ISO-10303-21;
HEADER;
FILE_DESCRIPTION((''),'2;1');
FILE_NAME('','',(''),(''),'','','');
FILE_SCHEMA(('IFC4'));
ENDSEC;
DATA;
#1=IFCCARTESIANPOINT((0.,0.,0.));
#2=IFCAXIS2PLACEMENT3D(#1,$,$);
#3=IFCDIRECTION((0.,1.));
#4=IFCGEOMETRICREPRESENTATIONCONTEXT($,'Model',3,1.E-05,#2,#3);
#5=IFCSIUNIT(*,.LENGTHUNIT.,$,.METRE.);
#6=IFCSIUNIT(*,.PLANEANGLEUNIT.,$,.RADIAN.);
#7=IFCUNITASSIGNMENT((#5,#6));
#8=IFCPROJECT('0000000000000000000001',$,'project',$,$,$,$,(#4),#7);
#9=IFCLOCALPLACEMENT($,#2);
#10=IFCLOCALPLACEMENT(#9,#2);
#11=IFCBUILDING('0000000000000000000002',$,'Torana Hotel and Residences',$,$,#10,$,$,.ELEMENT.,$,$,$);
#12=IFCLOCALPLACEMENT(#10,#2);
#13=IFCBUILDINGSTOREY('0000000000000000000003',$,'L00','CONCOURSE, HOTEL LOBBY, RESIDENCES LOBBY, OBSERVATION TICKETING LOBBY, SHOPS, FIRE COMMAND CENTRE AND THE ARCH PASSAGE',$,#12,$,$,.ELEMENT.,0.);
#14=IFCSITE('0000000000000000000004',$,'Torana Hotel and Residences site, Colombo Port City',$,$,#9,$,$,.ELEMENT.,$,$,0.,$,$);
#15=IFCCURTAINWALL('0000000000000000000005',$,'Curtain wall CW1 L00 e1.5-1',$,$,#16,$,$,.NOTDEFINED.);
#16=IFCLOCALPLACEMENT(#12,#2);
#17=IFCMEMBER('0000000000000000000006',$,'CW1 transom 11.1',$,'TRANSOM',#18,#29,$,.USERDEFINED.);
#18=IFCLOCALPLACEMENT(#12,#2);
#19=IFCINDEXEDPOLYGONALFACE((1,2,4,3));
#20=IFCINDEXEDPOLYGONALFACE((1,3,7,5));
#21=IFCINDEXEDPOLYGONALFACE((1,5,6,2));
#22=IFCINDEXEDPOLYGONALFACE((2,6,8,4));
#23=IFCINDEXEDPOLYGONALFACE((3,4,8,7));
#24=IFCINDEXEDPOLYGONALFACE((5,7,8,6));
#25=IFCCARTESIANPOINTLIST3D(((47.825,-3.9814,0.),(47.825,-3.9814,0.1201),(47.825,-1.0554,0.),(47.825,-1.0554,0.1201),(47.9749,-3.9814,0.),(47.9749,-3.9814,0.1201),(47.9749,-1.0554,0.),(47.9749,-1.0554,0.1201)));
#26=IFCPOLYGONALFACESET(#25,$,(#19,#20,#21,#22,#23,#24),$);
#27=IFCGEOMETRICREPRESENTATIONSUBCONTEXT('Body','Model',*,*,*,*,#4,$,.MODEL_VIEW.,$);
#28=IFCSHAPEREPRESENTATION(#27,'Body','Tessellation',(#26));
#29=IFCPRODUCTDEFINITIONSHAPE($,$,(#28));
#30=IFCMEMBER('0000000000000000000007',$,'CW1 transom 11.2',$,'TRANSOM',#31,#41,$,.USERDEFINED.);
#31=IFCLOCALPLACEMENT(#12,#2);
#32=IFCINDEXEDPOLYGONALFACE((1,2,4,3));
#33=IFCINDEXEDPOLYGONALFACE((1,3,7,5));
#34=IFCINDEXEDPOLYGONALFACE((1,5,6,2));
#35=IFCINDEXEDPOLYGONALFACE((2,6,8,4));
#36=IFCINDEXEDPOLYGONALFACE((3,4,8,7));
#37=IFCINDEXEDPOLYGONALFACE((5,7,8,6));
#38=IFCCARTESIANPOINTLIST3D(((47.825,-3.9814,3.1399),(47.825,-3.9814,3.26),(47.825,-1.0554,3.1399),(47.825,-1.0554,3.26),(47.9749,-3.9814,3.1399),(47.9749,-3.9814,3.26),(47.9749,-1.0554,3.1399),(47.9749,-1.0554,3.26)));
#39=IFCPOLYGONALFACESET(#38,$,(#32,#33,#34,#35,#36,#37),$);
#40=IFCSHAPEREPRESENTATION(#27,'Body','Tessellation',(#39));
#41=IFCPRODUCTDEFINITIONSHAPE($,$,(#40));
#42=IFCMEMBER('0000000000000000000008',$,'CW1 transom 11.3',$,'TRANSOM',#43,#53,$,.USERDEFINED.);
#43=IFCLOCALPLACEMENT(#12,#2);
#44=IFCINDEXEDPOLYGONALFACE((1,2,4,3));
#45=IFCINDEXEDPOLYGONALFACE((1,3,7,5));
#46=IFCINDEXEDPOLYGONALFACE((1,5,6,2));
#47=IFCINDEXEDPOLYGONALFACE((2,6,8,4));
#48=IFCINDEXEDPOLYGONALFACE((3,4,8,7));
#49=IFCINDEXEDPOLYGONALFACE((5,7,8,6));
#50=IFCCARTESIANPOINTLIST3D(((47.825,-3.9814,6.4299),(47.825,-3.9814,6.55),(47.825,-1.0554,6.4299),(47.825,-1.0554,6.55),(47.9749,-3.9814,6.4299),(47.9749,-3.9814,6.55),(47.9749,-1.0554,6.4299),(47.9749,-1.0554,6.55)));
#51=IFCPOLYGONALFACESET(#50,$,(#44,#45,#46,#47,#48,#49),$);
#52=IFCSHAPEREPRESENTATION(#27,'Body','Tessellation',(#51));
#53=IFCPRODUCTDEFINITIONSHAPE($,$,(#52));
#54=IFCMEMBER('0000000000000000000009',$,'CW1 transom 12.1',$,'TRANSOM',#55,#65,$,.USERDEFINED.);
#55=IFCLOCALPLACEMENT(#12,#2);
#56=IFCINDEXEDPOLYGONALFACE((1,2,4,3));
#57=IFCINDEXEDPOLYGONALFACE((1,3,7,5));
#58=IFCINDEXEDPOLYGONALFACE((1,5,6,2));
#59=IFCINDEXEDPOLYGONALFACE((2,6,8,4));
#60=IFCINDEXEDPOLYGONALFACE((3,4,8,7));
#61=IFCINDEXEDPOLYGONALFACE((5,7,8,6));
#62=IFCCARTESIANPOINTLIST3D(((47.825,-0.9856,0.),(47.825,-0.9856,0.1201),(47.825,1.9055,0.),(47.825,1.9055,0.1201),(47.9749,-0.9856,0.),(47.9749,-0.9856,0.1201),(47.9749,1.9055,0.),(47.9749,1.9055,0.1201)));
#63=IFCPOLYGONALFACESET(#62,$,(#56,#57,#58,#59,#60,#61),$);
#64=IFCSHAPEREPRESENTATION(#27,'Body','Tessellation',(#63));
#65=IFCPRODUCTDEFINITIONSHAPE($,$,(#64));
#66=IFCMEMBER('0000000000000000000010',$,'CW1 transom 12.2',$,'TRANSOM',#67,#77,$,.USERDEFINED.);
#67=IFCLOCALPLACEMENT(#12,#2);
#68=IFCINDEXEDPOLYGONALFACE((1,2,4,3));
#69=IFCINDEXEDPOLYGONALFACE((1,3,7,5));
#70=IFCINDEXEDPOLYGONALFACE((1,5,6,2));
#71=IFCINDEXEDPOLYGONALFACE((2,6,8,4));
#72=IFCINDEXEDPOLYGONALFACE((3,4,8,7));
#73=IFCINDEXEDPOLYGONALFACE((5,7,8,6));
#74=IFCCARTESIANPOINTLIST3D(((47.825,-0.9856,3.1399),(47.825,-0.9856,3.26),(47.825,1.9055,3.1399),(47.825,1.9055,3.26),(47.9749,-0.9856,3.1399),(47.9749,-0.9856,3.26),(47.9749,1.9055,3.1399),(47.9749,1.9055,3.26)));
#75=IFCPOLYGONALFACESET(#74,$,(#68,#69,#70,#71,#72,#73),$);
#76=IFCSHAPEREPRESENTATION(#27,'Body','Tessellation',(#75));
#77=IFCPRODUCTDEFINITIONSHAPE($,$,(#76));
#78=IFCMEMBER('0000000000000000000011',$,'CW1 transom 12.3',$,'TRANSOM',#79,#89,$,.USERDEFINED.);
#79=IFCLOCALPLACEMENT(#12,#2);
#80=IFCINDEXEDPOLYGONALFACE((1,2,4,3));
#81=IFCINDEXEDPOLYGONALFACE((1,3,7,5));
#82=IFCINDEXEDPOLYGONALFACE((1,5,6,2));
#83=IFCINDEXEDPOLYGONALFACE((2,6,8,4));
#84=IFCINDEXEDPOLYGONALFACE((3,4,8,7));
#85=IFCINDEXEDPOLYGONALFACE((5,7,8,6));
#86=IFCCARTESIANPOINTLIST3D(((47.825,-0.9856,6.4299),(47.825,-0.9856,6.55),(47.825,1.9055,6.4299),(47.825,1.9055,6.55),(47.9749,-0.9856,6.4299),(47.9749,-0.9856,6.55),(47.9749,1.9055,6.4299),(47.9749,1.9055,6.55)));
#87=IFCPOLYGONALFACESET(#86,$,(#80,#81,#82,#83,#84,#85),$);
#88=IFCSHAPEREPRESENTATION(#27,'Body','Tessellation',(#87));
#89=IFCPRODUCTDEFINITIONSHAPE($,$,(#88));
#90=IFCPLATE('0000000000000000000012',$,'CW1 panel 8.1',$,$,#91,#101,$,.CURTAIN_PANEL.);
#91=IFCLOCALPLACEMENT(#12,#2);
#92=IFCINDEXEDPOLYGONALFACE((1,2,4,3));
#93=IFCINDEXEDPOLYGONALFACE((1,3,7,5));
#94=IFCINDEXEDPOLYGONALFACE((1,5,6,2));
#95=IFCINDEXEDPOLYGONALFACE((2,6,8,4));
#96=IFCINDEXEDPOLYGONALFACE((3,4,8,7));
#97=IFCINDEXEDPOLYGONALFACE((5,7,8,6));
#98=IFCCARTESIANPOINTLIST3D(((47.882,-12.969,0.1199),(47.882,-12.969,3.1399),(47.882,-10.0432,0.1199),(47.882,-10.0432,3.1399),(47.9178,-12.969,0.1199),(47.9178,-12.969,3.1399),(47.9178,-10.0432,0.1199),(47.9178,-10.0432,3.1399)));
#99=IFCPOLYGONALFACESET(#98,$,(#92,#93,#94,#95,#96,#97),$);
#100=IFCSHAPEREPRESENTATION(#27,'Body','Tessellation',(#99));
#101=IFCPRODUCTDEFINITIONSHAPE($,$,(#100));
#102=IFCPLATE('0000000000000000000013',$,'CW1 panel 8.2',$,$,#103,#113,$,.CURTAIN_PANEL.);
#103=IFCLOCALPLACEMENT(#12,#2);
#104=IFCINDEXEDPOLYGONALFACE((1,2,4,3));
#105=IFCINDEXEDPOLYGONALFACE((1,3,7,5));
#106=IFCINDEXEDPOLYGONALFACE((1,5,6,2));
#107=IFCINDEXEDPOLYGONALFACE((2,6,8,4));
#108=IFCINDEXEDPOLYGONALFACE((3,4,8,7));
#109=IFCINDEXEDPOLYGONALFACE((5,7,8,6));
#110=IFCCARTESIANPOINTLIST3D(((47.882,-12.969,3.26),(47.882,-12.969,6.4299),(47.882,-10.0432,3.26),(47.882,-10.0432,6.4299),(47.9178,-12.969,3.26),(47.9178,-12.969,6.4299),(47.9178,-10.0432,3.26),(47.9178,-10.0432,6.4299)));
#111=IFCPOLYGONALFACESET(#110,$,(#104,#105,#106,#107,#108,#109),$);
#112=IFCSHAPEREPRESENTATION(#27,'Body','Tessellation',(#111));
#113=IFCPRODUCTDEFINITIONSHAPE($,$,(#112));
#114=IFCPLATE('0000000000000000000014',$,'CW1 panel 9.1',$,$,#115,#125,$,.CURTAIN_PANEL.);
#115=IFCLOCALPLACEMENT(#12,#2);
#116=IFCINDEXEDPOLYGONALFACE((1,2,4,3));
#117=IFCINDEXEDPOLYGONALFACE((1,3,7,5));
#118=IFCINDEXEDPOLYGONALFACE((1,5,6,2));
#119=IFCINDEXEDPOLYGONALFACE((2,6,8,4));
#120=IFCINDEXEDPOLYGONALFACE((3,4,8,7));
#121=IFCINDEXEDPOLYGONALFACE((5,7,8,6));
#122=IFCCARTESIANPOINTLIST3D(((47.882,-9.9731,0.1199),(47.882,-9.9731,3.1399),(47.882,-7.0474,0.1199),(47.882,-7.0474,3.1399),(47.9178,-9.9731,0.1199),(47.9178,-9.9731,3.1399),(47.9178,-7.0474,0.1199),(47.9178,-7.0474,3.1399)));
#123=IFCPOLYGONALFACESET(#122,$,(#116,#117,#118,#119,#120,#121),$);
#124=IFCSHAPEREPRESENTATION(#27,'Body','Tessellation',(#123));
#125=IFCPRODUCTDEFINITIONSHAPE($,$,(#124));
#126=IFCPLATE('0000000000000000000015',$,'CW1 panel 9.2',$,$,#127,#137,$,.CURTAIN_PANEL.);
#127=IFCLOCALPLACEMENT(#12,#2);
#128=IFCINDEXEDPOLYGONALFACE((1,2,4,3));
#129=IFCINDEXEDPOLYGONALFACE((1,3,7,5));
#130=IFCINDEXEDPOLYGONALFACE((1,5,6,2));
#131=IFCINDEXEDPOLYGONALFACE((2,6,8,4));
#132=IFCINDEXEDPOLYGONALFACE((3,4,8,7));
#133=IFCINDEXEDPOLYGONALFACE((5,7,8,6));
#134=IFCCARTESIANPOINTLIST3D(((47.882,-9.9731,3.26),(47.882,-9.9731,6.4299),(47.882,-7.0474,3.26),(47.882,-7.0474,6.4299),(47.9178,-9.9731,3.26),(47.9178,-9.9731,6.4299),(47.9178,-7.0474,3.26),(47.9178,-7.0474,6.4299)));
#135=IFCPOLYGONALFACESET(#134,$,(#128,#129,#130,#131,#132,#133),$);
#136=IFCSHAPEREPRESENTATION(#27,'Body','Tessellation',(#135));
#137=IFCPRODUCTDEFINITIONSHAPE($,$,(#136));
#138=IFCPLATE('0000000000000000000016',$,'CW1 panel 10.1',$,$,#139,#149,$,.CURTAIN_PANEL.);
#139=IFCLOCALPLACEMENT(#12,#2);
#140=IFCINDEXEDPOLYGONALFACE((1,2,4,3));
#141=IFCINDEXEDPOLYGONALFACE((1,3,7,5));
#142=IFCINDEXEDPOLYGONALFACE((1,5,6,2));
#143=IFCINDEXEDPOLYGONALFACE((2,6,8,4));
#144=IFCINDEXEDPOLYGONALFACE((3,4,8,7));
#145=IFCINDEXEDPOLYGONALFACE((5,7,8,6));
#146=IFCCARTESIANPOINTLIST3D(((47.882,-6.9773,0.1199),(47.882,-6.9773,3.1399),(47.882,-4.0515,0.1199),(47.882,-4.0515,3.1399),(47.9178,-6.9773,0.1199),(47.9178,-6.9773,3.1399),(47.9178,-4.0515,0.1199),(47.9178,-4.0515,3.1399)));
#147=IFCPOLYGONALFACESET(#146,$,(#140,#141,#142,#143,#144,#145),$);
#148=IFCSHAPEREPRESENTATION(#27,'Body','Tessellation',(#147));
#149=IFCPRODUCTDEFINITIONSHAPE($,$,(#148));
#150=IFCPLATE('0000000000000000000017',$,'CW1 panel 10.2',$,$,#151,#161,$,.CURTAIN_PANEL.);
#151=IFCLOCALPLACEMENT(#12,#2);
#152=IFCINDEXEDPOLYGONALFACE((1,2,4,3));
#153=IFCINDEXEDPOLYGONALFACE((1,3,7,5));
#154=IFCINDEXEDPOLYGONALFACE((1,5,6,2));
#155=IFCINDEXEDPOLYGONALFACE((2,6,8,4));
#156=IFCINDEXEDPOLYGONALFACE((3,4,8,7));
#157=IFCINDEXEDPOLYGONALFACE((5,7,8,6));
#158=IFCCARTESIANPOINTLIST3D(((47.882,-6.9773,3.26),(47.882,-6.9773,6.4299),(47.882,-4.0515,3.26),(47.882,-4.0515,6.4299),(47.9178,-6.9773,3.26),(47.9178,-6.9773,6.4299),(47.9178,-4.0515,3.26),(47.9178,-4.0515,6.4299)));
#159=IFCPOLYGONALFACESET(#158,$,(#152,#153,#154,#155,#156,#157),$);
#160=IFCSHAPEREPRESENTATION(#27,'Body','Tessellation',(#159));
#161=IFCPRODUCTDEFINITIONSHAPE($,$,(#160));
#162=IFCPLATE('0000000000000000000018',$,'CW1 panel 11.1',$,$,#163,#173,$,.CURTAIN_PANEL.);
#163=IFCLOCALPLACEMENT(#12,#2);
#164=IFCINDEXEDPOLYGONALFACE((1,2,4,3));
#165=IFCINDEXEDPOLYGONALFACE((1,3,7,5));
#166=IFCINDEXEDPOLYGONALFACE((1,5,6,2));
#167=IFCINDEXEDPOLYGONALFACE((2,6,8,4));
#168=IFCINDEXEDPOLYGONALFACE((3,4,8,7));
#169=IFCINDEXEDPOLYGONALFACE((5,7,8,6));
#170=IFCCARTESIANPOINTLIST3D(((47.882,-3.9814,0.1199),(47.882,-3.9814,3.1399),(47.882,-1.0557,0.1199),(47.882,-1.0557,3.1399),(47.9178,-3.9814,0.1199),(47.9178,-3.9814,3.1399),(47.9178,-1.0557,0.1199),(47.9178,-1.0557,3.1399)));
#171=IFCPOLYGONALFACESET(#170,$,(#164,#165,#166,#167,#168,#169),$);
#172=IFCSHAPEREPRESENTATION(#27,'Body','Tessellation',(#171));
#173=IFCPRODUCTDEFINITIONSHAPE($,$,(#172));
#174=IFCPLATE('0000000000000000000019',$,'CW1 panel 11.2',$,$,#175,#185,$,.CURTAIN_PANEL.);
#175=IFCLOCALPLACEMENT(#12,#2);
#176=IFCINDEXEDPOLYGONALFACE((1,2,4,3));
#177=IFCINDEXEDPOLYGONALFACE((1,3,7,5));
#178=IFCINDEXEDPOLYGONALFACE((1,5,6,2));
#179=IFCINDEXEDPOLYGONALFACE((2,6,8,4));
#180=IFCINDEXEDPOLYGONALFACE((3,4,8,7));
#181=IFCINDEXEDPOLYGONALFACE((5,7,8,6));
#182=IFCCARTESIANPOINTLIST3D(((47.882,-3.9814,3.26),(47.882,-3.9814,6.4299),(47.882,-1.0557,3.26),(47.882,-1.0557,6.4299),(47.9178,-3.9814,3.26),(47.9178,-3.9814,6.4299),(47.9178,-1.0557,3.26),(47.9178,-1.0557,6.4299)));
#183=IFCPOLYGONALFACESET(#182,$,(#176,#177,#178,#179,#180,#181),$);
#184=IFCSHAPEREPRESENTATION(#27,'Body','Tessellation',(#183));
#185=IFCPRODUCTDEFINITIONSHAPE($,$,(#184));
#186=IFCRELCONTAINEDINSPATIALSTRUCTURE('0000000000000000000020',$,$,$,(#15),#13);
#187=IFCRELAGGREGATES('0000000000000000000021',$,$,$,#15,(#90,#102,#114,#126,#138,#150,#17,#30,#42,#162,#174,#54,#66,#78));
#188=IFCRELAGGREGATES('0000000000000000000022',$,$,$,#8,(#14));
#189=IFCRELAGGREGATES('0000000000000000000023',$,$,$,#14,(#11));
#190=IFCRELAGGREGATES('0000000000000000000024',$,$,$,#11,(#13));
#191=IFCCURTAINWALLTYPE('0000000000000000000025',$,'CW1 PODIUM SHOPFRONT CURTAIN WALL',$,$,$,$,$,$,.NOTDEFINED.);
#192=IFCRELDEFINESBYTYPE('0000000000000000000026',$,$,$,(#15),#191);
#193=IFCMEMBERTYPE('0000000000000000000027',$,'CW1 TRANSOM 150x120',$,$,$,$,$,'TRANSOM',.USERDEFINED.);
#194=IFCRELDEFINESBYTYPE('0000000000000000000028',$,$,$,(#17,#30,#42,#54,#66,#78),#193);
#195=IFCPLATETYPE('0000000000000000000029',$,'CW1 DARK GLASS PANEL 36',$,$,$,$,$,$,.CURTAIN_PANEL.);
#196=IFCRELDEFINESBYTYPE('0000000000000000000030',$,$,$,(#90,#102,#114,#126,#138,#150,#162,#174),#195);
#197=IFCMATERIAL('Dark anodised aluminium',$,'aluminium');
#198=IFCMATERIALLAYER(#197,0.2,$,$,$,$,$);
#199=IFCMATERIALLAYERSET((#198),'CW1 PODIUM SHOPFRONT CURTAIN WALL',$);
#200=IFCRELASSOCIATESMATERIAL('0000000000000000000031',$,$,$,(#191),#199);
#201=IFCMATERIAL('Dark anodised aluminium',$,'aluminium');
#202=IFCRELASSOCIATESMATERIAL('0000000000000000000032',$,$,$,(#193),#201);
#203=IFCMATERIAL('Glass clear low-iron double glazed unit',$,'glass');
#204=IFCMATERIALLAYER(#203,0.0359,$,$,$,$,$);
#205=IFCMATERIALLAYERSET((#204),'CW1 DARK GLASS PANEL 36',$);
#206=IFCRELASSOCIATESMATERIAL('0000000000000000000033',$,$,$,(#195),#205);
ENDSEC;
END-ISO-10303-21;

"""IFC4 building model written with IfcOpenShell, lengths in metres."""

from ifc_helpers import new_model, si_unit, direction, frame, origin, origin_2d, place, context, subcontext, project, spatial, rectangle, extrude, material, layer, layer_set, material_profile, profile_set, type_object, element, aggregate, save


model = new_model("IFC4")

# Units and contexts
model_context = context("Model", 3, precision=1e-05, world=origin(), true_north=direction((0.0, 1.0)))
body_context = subcontext(model_context, "Body", "Model", "MODEL_VIEW")
ifc_project = project(units=[si_unit("LENGTHUNIT", "METRE"), si_unit("PLANEANGLEUNIT", "RADIAN")], contexts=[model_context])

# Site, building, storey
site_placement = place(None, origin())
site = spatial("IfcSite", under=ifc_project, at=site_placement, Name="Torana Hotel and Residences site, Colombo Port City", CompositionType="ELEMENT", RefElevation=0.0)
building_placement = place(site_placement, origin())
building = spatial("IfcBuilding", under=site, at=building_placement, Name="Torana Hotel and Residences", CompositionType="ELEMENT")
storey_placement = place(building_placement, origin())
storey = spatial("IfcBuildingStorey", under=building, at=storey_placement, Name="L00", Description="CONCOURSE, HOTEL LOBBY, RESIDENCES LOBBY, OBSERVATION TICKETING LOBBY, SHOPS, FIRE COMMAND CENTRE AND THE ARCH PASSAGE", CompositionType="ELEMENT", Elevation=0.0)

# Curtain wall, members, plates
ifc_material_1 = material(Name="Dark anodised aluminium", Category="aluminium")
ifc_layer_1 = layer(ifc_material_1, 0.2)
ifc_layer_set_1 = layer_set([ifc_layer_1], Name="CW1 PODIUM SHOPFRONT CURTAIN WALL")
curtain_wall_type = type_object("IfcCurtainWallType", Name="CW1 PODIUM SHOPFRONT CURTAIN WALL", PredefinedType="NOTDEFINED", material=ifc_layer_set_1)
curtain_wall_placement = place(storey_placement, origin())
curtain_wall = element("IfcCurtainWall", 1, at=curtain_wall_placement, inside=storey, type_object=curtain_wall_type, Name="Curtain wall CW1 L00 e1.5-1", PredefinedType="NOTDEFINED")
ifc_material_2 = material(Name="Dark anodised aluminium", Category="aluminium")
ifc_material_profile_1 = material_profile(ifc_material_2, rectangle(XDim=0.1499, YDim=0.1201, at=origin_2d()), Name="CW1 TRANSOM 150x120")
ifc_profile_set_1 = profile_set([ifc_material_profile_1], Name="Dark anodised aluminium")
member_type_1 = type_object("IfcMemberType", Name="CW1 TRANSOM 150x120", ElementType="TRANSOM", PredefinedType="USERDEFINED", material=ifc_profile_set_1)
member_1_placement = place(storey_placement, frame((47.8999, -3.9814, 0.0601), z_axis=(0.0, 1.0, 0.0), x_axis=(-1.0, 0.0, 0.0)))
member_1 = element("IfcMember", 2, at=member_1_placement, type_object=member_type_1, Name="CW1 transom 11.1", ObjectType="TRANSOM", PredefinedType="USERDEFINED", context=body_context, shape_type="SweptSolid", body=[
    extrude(rectangle(XDim=0.1499, YDim=0.1201, at=origin_2d()), origin(), (0.0, 0.0, 1.0), 2.926),
])
member_2_placement = place(storey_placement, frame((47.8999, -3.9814, 3.2), z_axis=(0.0, 1.0, 0.0), x_axis=(-1.0, 0.0, 0.0)))
member_2 = element("IfcMember", 3, at=member_2_placement, type_object=member_type_1, Name="CW1 transom 11.2", ObjectType="TRANSOM", PredefinedType="USERDEFINED", context=body_context, shape_type="SweptSolid", body=[
    extrude(rectangle(XDim=0.1499, YDim=0.1201, at=origin_2d()), origin(), (0.0, 0.0, 1.0), 2.926),
])
member_3_placement = place(storey_placement, frame((47.8999, -3.9814, 6.49), z_axis=(0.0, 1.0, 0.0), x_axis=(-1.0, 0.0, 0.0)))
member_3 = element("IfcMember", 4, at=member_3_placement, type_object=member_type_1, Name="CW1 transom 11.3", ObjectType="TRANSOM", PredefinedType="USERDEFINED", context=body_context, shape_type="SweptSolid", body=[
    extrude(rectangle(XDim=0.1499, YDim=0.1201, at=origin_2d()), origin(), (0.0, 0.0, 1.0), 2.926),
])
member_4_placement = place(storey_placement, frame((47.8999, -0.9856, 0.0601), z_axis=(0.0, 1.0, 0.0), x_axis=(-1.0, 0.0, 0.0)))
member_4 = element("IfcMember", 5, at=member_4_placement, type_object=member_type_1, Name="CW1 transom 12.1", ObjectType="TRANSOM", PredefinedType="USERDEFINED", context=body_context, shape_type="SweptSolid", body=[
    extrude(rectangle(XDim=0.1499, YDim=0.1201, at=origin_2d()), origin(), (0.0, 0.0, 1.0), 2.8911),
])
member_5_placement = place(storey_placement, frame((47.8999, -0.9856, 3.2), z_axis=(0.0, 1.0, 0.0), x_axis=(-1.0, 0.0, 0.0)))
member_5 = element("IfcMember", 6, at=member_5_placement, type_object=member_type_1, Name="CW1 transom 12.2", ObjectType="TRANSOM", PredefinedType="USERDEFINED", context=body_context, shape_type="SweptSolid", body=[
    extrude(rectangle(XDim=0.1499, YDim=0.1201, at=origin_2d()), origin(), (0.0, 0.0, 1.0), 2.8911),
])
member_6_placement = place(storey_placement, frame((47.8999, -0.9856, 6.49), z_axis=(0.0, 1.0, 0.0), x_axis=(-1.0, 0.0, 0.0)))
member_6 = element("IfcMember", 7, at=member_6_placement, type_object=member_type_1, Name="CW1 transom 12.3", ObjectType="TRANSOM", PredefinedType="USERDEFINED", context=body_context, shape_type="SweptSolid", body=[
    extrude(rectangle(XDim=0.1499, YDim=0.1201, at=origin_2d()), origin(), (0.0, 0.0, 1.0), 2.8911),
])
ifc_material_3 = material(Name="Glass clear low-iron double glazed unit", Category="glass")
ifc_layer_2 = layer(ifc_material_3, 0.0359)
ifc_layer_set_2 = layer_set([ifc_layer_2], Name="CW1 DARK GLASS PANEL 36")
plate_type = type_object("IfcPlateType", Name="CW1 DARK GLASS PANEL 36", PredefinedType="CURTAIN_PANEL", material=ifc_layer_set_2)
plate_1_placement = place(storey_placement, frame((47.8999, -11.5061, 0.1199), z_axis=(0.0, 0.0, 1.0), x_axis=(0.0, 1.0, 0.0)))
plate_1 = element("IfcPlate", 8, at=plate_1_placement, type_object=plate_type, Name="CW1 panel 8.1", PredefinedType="CURTAIN_PANEL", context=body_context, shape_type="SweptSolid", body=[
    extrude(rectangle(XDim=2.9258, YDim=0.0359, at=origin_2d()), origin(), (0.0, 0.0, 1.0), 3.02),
])
plate_2_placement = place(storey_placement, frame((47.8999, -11.5061, 3.26), z_axis=(0.0, 0.0, 1.0), x_axis=(0.0, 1.0, 0.0)))
plate_2 = element("IfcPlate", 9, at=plate_2_placement, type_object=plate_type, Name="CW1 panel 8.2", PredefinedType="CURTAIN_PANEL", context=body_context, shape_type="SweptSolid", body=[
    extrude(rectangle(XDim=2.9258, YDim=0.0359, at=origin_2d()), origin(), (0.0, 0.0, 1.0), 3.1699),
])
plate_3_placement = place(storey_placement, frame((47.8999, -8.5103, 0.1199), z_axis=(0.0, 0.0, 1.0), x_axis=(0.0, 1.0, 0.0)))
plate_3 = element("IfcPlate", 10, at=plate_3_placement, type_object=plate_type, Name="CW1 panel 9.1", PredefinedType="CURTAIN_PANEL", context=body_context, shape_type="SweptSolid", body=[
    extrude(rectangle(XDim=2.9258, YDim=0.0359, at=origin_2d()), origin(), (0.0, 0.0, 1.0), 3.02),
])
plate_4_placement = place(storey_placement, frame((47.8999, -8.5103, 3.26), z_axis=(0.0, 0.0, 1.0), x_axis=(0.0, 1.0, 0.0)))
plate_4 = element("IfcPlate", 11, at=plate_4_placement, type_object=plate_type, Name="CW1 panel 9.2", PredefinedType="CURTAIN_PANEL", context=body_context, shape_type="SweptSolid", body=[
    extrude(rectangle(XDim=2.9258, YDim=0.0359, at=origin_2d()), origin(), (0.0, 0.0, 1.0), 3.1699),
])
plate_5_placement = place(storey_placement, frame((47.8999, -5.5144, 0.1199), z_axis=(0.0, 0.0, 1.0), x_axis=(0.0, 1.0, 0.0)))
plate_5 = element("IfcPlate", 12, at=plate_5_placement, type_object=plate_type, Name="CW1 panel 10.1", PredefinedType="CURTAIN_PANEL", context=body_context, shape_type="SweptSolid", body=[
    extrude(rectangle(XDim=2.9258, YDim=0.0359, at=origin_2d()), origin(), (0.0, 0.0, 1.0), 3.02),
])
plate_6_placement = place(storey_placement, frame((47.8999, -5.5144, 3.26), z_axis=(0.0, 0.0, 1.0), x_axis=(0.0, 1.0, 0.0)))
plate_6 = element("IfcPlate", 13, at=plate_6_placement, type_object=plate_type, Name="CW1 panel 10.2", PredefinedType="CURTAIN_PANEL", context=body_context, shape_type="SweptSolid", body=[
    extrude(rectangle(XDim=2.9258, YDim=0.0359, at=origin_2d()), origin(), (0.0, 0.0, 1.0), 3.1699),
])
plate_7_placement = place(storey_placement, frame((47.8999, -2.5186, 0.1199), z_axis=(0.0, 0.0, 1.0), x_axis=(0.0, 1.0, 0.0)))
plate_7 = element("IfcPlate", 14, at=plate_7_placement, type_object=plate_type, Name="CW1 panel 11.1", PredefinedType="CURTAIN_PANEL", context=body_context, shape_type="SweptSolid", body=[
    extrude(rectangle(XDim=2.9258, YDim=0.0359, at=origin_2d()), origin(), (0.0, 0.0, 1.0), 3.02),
])
plate_8_placement = place(storey_placement, frame((47.8999, -2.5186, 3.26), z_axis=(0.0, 0.0, 1.0), x_axis=(0.0, 1.0, 0.0)))
plate_8 = element("IfcPlate", 15, at=plate_8_placement, type_object=plate_type, Name="CW1 panel 11.2", PredefinedType="CURTAIN_PANEL", context=body_context, shape_type="SweptSolid", body=[
    extrude(rectangle(XDim=2.9258, YDim=0.0359, at=origin_2d()), origin(), (0.0, 0.0, 1.0), 3.1699),
])
aggregate(curtain_wall, [plate_1, plate_2, plate_3, plate_4, plate_5, plate_6, member_1, member_2, member_3, plate_7, plate_8, member_4, member_5, member_6])

save(model, "model.ifc")
